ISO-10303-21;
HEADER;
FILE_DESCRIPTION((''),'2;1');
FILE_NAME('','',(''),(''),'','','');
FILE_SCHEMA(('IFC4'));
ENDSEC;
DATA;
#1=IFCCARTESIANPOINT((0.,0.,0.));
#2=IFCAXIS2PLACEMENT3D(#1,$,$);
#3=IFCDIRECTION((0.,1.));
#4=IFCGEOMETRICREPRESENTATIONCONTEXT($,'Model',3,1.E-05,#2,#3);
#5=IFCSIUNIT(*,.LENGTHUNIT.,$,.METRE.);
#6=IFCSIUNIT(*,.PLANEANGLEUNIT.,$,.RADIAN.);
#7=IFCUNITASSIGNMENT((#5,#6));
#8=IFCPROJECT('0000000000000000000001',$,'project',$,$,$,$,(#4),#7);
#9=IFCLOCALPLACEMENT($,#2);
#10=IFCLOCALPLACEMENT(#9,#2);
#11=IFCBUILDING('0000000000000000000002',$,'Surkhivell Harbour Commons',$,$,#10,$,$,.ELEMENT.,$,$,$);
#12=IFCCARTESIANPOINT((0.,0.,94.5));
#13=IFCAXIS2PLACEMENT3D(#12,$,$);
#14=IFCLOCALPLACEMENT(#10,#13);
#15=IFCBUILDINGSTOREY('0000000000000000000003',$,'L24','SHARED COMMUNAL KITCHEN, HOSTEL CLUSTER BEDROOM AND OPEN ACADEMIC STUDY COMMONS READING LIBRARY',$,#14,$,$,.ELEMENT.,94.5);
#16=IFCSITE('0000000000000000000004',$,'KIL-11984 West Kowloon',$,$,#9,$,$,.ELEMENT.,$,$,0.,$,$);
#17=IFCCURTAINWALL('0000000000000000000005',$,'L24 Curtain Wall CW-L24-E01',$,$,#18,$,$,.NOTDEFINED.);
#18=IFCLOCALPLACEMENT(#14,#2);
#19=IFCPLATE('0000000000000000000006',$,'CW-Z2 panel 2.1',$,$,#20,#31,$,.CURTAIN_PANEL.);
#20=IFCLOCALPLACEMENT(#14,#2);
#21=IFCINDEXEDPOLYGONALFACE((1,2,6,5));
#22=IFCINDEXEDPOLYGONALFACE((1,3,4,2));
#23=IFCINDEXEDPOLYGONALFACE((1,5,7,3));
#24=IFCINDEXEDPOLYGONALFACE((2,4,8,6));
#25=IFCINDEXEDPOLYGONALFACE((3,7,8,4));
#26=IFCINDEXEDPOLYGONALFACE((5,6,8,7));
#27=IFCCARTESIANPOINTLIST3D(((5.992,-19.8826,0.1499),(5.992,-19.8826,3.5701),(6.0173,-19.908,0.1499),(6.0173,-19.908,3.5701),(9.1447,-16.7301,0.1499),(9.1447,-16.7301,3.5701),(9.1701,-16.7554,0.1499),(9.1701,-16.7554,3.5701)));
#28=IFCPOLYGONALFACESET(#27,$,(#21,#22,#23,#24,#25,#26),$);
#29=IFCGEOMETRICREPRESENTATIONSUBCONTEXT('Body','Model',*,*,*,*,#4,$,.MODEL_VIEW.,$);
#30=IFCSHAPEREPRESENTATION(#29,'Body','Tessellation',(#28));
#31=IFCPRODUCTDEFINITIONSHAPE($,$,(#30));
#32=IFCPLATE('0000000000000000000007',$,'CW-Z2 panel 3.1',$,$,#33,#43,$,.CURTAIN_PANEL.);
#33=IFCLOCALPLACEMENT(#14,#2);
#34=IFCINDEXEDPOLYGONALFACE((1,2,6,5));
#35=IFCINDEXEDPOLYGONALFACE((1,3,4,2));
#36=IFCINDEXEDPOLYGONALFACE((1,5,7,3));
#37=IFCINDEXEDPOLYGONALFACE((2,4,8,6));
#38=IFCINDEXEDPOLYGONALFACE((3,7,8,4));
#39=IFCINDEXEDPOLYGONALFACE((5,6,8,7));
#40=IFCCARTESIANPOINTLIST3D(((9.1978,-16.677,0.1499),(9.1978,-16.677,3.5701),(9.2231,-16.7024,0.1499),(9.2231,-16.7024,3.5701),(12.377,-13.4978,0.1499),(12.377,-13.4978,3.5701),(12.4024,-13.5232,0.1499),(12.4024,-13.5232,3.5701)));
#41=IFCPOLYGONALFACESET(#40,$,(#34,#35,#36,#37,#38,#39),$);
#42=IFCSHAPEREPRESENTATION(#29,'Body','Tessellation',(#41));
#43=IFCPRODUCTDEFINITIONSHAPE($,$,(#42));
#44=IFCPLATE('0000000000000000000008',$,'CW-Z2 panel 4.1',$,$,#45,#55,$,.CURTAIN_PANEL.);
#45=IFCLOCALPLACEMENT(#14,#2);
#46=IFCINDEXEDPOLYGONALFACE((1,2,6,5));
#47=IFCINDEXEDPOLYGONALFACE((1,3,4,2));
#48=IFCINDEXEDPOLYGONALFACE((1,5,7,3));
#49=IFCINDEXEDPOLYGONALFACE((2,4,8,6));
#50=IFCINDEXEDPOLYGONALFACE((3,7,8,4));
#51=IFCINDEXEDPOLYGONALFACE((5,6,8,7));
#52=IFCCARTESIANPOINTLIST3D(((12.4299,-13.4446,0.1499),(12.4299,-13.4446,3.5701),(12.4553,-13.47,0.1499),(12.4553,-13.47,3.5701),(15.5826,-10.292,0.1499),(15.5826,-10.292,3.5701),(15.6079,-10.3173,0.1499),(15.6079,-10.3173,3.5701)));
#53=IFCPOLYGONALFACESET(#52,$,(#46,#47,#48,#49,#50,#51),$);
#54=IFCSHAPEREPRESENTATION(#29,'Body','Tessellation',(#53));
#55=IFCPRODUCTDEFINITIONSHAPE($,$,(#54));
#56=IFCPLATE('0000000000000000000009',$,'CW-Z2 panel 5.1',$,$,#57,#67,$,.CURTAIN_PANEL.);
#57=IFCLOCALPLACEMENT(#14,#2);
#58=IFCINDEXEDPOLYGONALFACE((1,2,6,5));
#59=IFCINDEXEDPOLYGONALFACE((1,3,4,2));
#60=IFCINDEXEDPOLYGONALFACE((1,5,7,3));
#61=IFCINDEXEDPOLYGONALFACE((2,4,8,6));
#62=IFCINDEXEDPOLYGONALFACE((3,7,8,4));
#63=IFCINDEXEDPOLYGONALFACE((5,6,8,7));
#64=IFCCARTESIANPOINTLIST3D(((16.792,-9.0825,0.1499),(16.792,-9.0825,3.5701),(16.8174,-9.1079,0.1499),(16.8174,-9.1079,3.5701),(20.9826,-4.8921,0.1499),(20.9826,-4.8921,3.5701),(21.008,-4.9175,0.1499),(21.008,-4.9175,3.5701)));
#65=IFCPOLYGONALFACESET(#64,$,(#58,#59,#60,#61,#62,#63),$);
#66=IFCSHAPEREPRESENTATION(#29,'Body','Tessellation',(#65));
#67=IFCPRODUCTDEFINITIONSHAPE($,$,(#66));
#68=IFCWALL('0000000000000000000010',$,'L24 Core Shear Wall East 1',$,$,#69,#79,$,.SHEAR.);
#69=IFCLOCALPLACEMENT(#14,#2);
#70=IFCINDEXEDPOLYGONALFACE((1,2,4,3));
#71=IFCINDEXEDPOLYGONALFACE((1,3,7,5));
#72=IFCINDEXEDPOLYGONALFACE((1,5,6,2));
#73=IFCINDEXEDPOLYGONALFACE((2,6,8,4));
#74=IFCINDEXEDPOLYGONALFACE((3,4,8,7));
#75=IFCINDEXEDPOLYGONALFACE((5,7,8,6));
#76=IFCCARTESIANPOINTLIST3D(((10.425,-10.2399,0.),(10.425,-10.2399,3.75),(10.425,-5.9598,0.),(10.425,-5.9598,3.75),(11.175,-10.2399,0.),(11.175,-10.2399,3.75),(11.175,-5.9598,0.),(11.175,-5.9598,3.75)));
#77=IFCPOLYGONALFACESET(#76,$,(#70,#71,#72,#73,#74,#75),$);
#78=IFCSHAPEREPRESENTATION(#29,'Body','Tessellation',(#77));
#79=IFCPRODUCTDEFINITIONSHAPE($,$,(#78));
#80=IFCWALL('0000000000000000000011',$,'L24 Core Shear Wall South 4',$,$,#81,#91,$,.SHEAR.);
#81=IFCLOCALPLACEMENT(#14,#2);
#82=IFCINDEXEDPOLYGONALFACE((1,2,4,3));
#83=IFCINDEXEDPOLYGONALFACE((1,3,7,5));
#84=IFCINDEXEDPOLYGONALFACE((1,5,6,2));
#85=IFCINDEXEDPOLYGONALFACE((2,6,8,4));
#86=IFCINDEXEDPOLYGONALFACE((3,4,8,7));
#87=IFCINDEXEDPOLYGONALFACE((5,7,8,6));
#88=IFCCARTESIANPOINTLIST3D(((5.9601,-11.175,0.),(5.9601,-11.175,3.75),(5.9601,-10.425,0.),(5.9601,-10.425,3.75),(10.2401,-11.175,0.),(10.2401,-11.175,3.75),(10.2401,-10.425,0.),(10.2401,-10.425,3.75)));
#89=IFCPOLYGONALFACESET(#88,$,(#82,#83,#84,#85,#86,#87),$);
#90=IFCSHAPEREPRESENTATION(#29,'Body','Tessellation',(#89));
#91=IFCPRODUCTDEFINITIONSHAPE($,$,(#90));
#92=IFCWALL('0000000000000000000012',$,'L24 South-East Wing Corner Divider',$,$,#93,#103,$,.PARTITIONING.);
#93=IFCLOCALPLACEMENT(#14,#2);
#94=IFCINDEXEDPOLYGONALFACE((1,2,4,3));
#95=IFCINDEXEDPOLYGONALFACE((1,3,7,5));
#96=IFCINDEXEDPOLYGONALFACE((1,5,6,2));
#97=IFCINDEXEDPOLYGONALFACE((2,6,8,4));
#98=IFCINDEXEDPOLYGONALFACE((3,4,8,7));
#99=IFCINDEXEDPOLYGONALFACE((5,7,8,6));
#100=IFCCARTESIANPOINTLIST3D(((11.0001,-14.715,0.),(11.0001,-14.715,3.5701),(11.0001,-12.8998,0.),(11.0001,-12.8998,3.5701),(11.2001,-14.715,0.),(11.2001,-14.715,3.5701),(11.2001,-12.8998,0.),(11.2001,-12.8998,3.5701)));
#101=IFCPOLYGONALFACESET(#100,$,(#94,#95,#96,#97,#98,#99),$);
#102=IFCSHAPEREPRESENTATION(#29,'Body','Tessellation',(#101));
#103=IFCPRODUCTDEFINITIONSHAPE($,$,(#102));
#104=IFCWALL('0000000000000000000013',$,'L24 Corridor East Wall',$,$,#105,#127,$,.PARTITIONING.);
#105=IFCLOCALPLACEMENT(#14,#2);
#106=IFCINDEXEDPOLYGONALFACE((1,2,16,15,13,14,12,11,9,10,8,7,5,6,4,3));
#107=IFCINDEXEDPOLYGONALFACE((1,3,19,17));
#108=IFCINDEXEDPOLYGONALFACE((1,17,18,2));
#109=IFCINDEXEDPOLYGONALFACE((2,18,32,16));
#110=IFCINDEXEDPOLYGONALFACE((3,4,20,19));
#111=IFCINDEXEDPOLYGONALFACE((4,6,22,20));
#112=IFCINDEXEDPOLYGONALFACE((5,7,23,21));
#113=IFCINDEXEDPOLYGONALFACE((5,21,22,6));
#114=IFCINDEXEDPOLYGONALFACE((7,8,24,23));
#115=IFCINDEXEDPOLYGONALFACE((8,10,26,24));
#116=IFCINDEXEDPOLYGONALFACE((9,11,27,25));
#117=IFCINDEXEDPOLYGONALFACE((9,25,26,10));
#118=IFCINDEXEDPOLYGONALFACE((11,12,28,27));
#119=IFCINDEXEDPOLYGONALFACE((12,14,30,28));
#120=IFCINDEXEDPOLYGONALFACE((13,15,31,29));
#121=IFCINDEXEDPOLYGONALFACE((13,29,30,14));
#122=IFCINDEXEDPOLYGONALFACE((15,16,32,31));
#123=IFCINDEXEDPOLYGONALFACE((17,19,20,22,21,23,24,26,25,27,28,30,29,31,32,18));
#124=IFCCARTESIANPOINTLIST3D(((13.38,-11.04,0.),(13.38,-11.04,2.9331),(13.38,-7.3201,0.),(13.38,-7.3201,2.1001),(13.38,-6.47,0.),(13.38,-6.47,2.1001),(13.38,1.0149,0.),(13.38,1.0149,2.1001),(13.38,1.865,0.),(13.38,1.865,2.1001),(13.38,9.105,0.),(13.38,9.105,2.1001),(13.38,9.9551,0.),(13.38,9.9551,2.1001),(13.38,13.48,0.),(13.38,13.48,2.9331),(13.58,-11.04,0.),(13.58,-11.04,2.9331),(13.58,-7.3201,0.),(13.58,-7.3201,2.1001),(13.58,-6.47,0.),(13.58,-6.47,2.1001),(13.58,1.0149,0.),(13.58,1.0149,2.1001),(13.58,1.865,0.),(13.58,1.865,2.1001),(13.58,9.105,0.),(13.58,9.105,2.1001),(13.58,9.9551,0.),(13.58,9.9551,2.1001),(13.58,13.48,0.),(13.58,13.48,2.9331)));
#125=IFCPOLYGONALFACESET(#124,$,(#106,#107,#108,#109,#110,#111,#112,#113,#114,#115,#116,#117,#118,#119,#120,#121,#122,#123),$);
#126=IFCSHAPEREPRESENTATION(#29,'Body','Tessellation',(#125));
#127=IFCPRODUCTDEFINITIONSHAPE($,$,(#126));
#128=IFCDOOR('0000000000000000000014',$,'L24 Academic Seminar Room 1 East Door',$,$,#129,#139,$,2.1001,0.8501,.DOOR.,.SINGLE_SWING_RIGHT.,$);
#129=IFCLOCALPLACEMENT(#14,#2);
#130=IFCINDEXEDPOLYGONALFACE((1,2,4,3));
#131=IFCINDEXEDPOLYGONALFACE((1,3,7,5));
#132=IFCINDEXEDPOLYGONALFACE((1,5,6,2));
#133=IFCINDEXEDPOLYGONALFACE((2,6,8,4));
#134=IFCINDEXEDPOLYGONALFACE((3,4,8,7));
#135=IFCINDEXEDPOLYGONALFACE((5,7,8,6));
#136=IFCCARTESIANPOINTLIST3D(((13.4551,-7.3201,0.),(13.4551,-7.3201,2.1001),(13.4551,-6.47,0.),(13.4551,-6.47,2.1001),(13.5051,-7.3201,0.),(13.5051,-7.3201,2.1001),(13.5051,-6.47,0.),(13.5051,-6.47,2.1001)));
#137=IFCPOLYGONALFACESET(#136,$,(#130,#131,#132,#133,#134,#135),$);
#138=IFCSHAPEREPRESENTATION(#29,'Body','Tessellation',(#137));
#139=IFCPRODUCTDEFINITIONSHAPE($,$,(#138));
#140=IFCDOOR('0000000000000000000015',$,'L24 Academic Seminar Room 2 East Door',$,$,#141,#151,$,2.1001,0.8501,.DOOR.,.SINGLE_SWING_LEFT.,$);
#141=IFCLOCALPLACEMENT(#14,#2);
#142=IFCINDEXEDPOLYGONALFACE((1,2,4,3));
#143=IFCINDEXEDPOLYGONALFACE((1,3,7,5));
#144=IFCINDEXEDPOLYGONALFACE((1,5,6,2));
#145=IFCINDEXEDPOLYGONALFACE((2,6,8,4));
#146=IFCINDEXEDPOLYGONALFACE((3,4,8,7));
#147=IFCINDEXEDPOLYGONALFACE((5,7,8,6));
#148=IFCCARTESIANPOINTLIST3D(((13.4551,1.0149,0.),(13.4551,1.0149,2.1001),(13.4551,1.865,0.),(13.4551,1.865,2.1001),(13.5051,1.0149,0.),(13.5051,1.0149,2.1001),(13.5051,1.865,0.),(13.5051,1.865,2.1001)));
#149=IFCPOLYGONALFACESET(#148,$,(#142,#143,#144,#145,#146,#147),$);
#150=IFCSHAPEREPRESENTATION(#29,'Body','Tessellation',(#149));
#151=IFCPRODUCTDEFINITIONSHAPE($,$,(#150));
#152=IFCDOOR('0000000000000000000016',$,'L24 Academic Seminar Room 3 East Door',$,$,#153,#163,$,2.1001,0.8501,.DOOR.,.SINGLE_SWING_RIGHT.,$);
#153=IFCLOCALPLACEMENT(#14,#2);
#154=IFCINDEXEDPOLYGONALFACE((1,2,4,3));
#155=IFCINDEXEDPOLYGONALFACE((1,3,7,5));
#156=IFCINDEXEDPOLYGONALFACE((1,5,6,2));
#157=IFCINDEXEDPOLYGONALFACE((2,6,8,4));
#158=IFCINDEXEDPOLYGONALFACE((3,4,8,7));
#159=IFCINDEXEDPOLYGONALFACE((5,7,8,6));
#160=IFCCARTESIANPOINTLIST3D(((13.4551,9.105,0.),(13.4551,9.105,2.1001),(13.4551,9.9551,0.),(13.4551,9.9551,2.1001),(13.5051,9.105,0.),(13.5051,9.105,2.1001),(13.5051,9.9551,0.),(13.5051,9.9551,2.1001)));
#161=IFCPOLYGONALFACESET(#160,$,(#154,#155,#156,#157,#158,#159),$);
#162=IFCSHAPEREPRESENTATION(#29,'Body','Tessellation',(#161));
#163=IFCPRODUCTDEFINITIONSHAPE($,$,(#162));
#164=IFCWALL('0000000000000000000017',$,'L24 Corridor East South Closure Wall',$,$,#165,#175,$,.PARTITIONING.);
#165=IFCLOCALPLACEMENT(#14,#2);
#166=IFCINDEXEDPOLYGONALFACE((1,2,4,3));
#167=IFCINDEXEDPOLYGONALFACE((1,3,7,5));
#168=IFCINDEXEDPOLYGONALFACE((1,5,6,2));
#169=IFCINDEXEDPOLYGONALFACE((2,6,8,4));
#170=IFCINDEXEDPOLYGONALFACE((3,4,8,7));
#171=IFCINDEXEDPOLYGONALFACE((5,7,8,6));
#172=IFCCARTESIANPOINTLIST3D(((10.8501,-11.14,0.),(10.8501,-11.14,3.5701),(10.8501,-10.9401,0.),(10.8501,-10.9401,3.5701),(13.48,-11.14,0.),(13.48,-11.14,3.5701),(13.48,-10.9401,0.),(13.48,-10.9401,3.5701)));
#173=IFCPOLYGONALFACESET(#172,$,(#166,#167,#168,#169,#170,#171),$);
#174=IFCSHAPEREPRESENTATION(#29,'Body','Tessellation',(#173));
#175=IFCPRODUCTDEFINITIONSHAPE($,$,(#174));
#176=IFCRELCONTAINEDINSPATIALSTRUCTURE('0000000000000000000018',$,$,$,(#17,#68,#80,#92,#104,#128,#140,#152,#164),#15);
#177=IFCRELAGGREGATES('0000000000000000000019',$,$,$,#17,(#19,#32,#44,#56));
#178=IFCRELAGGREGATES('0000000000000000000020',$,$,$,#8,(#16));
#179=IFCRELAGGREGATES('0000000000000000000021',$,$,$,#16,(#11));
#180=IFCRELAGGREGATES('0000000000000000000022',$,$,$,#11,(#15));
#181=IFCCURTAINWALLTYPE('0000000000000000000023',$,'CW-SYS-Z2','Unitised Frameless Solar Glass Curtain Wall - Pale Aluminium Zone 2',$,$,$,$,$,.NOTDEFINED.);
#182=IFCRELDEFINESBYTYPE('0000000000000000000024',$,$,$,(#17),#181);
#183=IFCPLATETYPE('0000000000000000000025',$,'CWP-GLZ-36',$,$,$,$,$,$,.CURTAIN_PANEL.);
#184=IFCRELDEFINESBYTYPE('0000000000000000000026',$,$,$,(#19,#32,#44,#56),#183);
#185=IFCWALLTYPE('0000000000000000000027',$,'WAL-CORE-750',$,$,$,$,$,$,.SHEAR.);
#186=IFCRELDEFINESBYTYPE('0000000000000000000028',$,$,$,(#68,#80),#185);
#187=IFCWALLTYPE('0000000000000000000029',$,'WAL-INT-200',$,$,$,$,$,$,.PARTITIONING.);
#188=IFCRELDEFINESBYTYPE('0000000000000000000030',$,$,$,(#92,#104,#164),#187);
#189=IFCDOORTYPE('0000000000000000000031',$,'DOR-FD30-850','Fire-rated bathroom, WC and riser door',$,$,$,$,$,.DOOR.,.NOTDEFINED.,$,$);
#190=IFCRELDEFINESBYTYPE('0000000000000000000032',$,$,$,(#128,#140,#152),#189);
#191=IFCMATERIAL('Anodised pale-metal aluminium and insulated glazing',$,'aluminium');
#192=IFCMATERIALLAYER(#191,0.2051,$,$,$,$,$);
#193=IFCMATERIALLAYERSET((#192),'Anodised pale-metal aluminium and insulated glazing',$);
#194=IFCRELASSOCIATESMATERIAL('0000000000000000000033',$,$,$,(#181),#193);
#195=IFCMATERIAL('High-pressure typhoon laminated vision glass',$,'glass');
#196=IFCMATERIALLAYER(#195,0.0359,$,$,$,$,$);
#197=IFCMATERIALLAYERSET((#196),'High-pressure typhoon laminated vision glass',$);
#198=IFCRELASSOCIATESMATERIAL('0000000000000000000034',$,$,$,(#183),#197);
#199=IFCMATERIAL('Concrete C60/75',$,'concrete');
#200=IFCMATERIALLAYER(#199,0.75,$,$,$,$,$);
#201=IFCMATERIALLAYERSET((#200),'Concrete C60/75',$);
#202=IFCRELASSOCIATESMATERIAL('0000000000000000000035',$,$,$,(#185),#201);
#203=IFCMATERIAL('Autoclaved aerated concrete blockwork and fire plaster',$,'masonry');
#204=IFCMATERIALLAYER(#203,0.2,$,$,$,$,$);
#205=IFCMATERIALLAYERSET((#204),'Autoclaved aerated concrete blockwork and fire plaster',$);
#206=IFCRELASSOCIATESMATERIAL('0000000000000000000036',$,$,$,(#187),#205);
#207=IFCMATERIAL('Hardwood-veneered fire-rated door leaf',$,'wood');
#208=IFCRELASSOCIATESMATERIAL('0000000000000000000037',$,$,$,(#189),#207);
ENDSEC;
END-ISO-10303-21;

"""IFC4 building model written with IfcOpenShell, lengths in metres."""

from ifc_helpers import new_model, si_unit, direction, frame, frame_2d, origin, place, context, subcontext, project, spatial, rectangle, extrude, material, layer, layer_set, type_object, element, fill, aggregate, save


model = new_model("IFC4")

# Units and contexts
model_context = context("Model", 3, precision=1e-05, world=origin(), true_north=direction((0.0, 1.0)))
body_context = subcontext(model_context, "Body", "Model", "MODEL_VIEW")
ifc_project = project(units=[si_unit("LENGTHUNIT", "METRE"), si_unit("PLANEANGLEUNIT", "RADIAN")], contexts=[model_context])

# Site, building, storey
site_placement = place(None, origin())
site = spatial("IfcSite", under=ifc_project, at=site_placement, Name="KIL-11984 West Kowloon", CompositionType="ELEMENT", RefElevation=0.0)
building_placement = place(site_placement, origin())
building = spatial("IfcBuilding", under=site, at=building_placement, Name="Surkhivell Harbour Commons", CompositionType="ELEMENT")
storey_placement = place(building_placement, frame((0.0, 0.0, 94.5)))
storey = spatial("IfcBuildingStorey", under=building, at=storey_placement, Name="L24", Description="SHARED COMMUNAL KITCHEN, HOSTEL CLUSTER BEDROOM AND OPEN ACADEMIC STUDY COMMONS READING LIBRARY", CompositionType="ELEMENT", Elevation=94.5)

# Shared definitions
ifc_material_1 = material(Name="Concrete C60/75", Category="concrete")

# Curtain wall, plates
ifc_material_2 = material(Name="Anodised pale-metal aluminium and insulated glazing", Category="aluminium")
ifc_layer_1 = layer(ifc_material_2, 0.2051)
ifc_layer_set_1 = layer_set([ifc_layer_1], Name="Anodised pale-metal aluminium and insulated glazing")
curtain_wall_type = type_object("IfcCurtainWallType", Name="CW-SYS-Z2", Description="Unitised Frameless Solar Glass Curtain Wall - Pale Aluminium Zone 2", PredefinedType="NOTDEFINED", material=ifc_layer_set_1)
curtain_wall_placement = place(storey_placement, origin())
curtain_wall = element("IfcCurtainWall", 1, at=curtain_wall_placement, inside=storey, type_object=curtain_wall_type, Name="L24 Curtain Wall CW-L24-E01", PredefinedType="NOTDEFINED")
ifc_material_3 = material(Name="High-pressure typhoon laminated vision glass", Category="glass")
ifc_layer_2 = layer(ifc_material_3, 0.0359)
ifc_layer_set_2 = layer_set([ifc_layer_2], Name="High-pressure typhoon laminated vision glass")
plate_type = type_object("IfcPlateType", Name="CWP-GLZ-36", PredefinedType="CURTAIN_PANEL", material=ifc_layer_set_2)
plate_1_placement = place(storey_placement, frame((6.0046, -19.8953, 0.1499), z_axis=(0.0, 0.0, 1.0), x_axis=(0.707134, 0.707079, 0.0)))
plate_1 = element("IfcPlate", 2, at=plate_1_placement, type_object=plate_type, Name="CW-Z2 panel 2.1", PredefinedType="CURTAIN_PANEL", context=body_context, shape_type="SweptSolid", body=[
    extrude(rectangle(XDim=4.4585, YDim=0.0359, at=frame_2d((2.2292, 0.0))), origin(), (0.0, 0.0, 1.0), 3.4202),
])
plate_2_placement = place(storey_placement, frame((9.2104, -16.6897, 0.1499), z_axis=(0.0, 0.0, 1.0), x_axis=(0.707107, 0.707107, 0.0)))
plate_2 = element("IfcPlate", 3, at=plate_2_placement, type_object=plate_type, Name="CW-Z2 panel 3.1", PredefinedType="CURTAIN_PANEL", context=body_context, shape_type="SweptSolid", body=[
    extrude(rectangle(XDim=4.4961, YDim=0.0359, at=frame_2d((2.248, 0.0))), origin(), (0.0, 0.0, 1.0), 3.4202),
])
plate_3_placement = place(storey_placement, frame((12.4426, -13.4573, 0.1499), z_axis=(0.0, 0.0, 1.0), x_axis=(0.707107, 0.707107, 0.0)))
plate_3 = element("IfcPlate", 4, at=plate_3_placement, type_object=plate_type, Name="CW-Z2 panel 4.1", PredefinedType="CURTAIN_PANEL", context=body_context, shape_type="SweptSolid", body=[
    extrude(rectangle(XDim=4.4585, YDim=0.0359, at=frame_2d((2.2292, 0.0))), origin(), (0.0, 0.0, 1.0), 3.4202),
])
plate_4_placement = place(storey_placement, frame((16.8047, -9.0952, 0.1499), z_axis=(0.0, 0.0, 1.0), x_axis=(0.707127, 0.707086, 0.0)))
plate_4 = element("IfcPlate", 5, at=plate_4_placement, type_object=plate_type, Name="CW-Z2 panel 5.1", PredefinedType="CURTAIN_PANEL", context=body_context, shape_type="SweptSolid", body=[
    extrude(rectangle(XDim=5.9263, YDim=0.0359, at=frame_2d((2.9631, 0.0))), origin(), (0.0, 0.0, 1.0), 3.4202),
])
aggregate(curtain_wall, [plate_1, plate_2, plate_3, plate_4])

# Walls
ifc_layer_3 = layer(ifc_material_1, 0.75)
ifc_layer_set_3 = layer_set([ifc_layer_3], Name="Concrete C60/75")
wall_type_1 = type_object("IfcWallType", Name="WAL-CORE-750", PredefinedType="SHEAR", material=ifc_layer_set_3)
for number, where, z_axis, x_axis, name in (
    (6, (10.8, -10.24, 0.0), (0.0, 0.0, 1.0), (0.0, 1.0, 0.0), "L24 Core Shear Wall East 1"),
    (7, (5.96, -10.8, 0.0), (0.0, 0.0, 1.0), (1.0, 0.0, 0.0), "L24 Core Shear Wall South 4"),
):
    element("IfcWall", number, at=place(storey_placement, frame(where, z_axis=z_axis, x_axis=x_axis)), inside=storey, type_object=wall_type_1, Name=name, PredefinedType="SHEAR", context=body_context, shape_type="SweptSolid", body=[
        extrude(rectangle(XDim=4.28, YDim=0.75, at=frame_2d((2.1401, 0.0))), origin(), (0.0, 0.0, 1.0), 3.75),
    ])
ifc_material_4 = material(Name="Autoclaved aerated concrete blockwork and fire plaster", Category="masonry")
ifc_layer_4 = layer(ifc_material_4, 0.2)
ifc_layer_set_4 = layer_set([ifc_layer_4], Name="Autoclaved aerated concrete blockwork and fire plaster")
wall_type_2 = type_object("IfcWallType", Name="WAL-INT-200", PredefinedType="PARTITIONING", material=ifc_layer_set_4)
wall_1_placement = place(storey_placement, frame((11.1001, -14.7151, 0.0), z_axis=(0.0, 0.0, 1.0), x_axis=(0.0, 1.0, 0.0)))
element("IfcWall", 8, at=wall_1_placement, inside=storey, type_object=wall_type_2, Name="L24 South-East Wing Corner Divider", PredefinedType="PARTITIONING", context=body_context, shape_type="SweptSolid", body=[
    extrude(rectangle(XDim=1.8152, YDim=0.2, at=frame_2d((0.9077, 0.0))), origin(), (0.0, 0.0, 1.0), 3.5701),
])

# Wall, openings, doors
wall_2_placement = place(storey_placement, frame((13.48, -11.04, 0.0), z_axis=(0.0, 0.0, 1.0), x_axis=(0.0, 1.0, 0.0)))
wall_2 = element("IfcWall", 9, at=wall_2_placement, inside=storey, type_object=wall_type_2, Name="L24 Corridor East Wall", PredefinedType="PARTITIONING", context=body_context, shape_type="SweptSolid", body=[
    extrude(rectangle(XDim=24.52, YDim=0.2, at=frame_2d((12.26, 0.0))), origin(), (0.0, 0.0, 1.0), 2.9331),
])
opening_1_placement = place(wall_2_placement, frame((3.72, 0.0, 0.0)))
opening_1 = element("IfcOpeningElement", 10, at=opening_1_placement, cuts=wall_2, PredefinedType="OPENING", context=body_context, shape_type="SweptSolid", body=[
    extrude(rectangle(XDim=0.8501, YDim=2.1001, at=frame_2d((0.425, 1.05))), frame((0.0, 0.1099, 0.0), z_axis=(0.0, -1.0, 0.0), x_axis=(1.0, 0.0, 0.0)), (0.0, 0.0, 1.0), 0.22),
])
opening_2_placement = place(wall_2_placement, frame((12.0549, 0.0, 0.0)))
opening_2 = element("IfcOpeningElement", 11, at=opening_2_placement, cuts=wall_2, PredefinedType="OPENING", context=body_context, shape_type="SweptSolid", body=[
    extrude(rectangle(XDim=0.8501, YDim=2.1001, at=frame_2d((0.425, 1.05))), frame((0.0, 0.1099, 0.0), z_axis=(0.0, -1.0, 0.0), x_axis=(1.0, 0.0, 0.0)), (0.0, 0.0, 1.0), 0.22),
])
opening_3_placement = place(wall_2_placement, frame((20.145, 0.0, 0.0)))
opening_3 = element("IfcOpeningElement", 12, at=opening_3_placement, cuts=wall_2, PredefinedType="OPENING", context=body_context, shape_type="SweptSolid", body=[
    extrude(rectangle(XDim=0.8501, YDim=2.1001, at=frame_2d((0.425, 1.05))), frame((0.0, 0.1099, 0.0), z_axis=(0.0, -1.0, 0.0), x_axis=(1.0, 0.0, 0.0)), (0.0, 0.0, 1.0), 0.22),
])
ifc_material_5 = material(Name="Hardwood-veneered fire-rated door leaf", Category="wood")
door_type = type_object("IfcDoorType", Name="DOR-FD30-850", Description="Fire-rated bathroom, WC and riser door", OperationType="NOTDEFINED", PredefinedType="DOOR", material=ifc_material_5)
door_1_placement = place(opening_1_placement, origin())
door_1 = element("IfcDoor", 13, at=door_1_placement, inside=storey, type_object=door_type, Name="L24 Academic Seminar Room 1 East Door", OperationType="SINGLE_SWING_RIGHT", OverallHeight=2.1001, OverallWidth=0.8501, PredefinedType="DOOR", context=body_context, shape_type="SweptSolid", body=[
    extrude(rectangle(XDim=0.8501, YDim=2.1001, at=frame_2d((0.425, 1.05))), frame((0.0, 0.0249, 0.0), z_axis=(0.0, -1.0, 0.0), x_axis=(1.0, 0.0, 0.0)), (0.0, 0.0, 1.0), 0.05),
])
fill(opening_1, door_1)
door_2_placement = place(opening_2_placement, origin())
door_2 = element("IfcDoor", 14, at=door_2_placement, inside=storey, type_object=door_type, Name="L24 Academic Seminar Room 2 East Door", OperationType="SINGLE_SWING_LEFT", OverallHeight=2.1001, OverallWidth=0.8501, PredefinedType="DOOR", context=body_context, shape_type="SweptSolid", body=[
    extrude(rectangle(XDim=0.8501, YDim=2.1001, at=frame_2d((0.425, 1.05))), frame((0.0, 0.0249, 0.0), z_axis=(0.0, -1.0, 0.0), x_axis=(1.0, 0.0, 0.0)), (0.0, 0.0, 1.0), 0.05),
])
fill(opening_2, door_2)
door_3_placement = place(opening_3_placement, origin())
door_3 = element("IfcDoor", 15, at=door_3_placement, inside=storey, type_object=door_type, Name="L24 Academic Seminar Room 3 East Door", OperationType="SINGLE_SWING_RIGHT", OverallHeight=2.1001, OverallWidth=0.8501, PredefinedType="DOOR", context=body_context, shape_type="SweptSolid", body=[
    extrude(rectangle(XDim=0.8501, YDim=2.1001, at=frame_2d((0.425, 1.05))), frame((0.0, 0.0249, 0.0), z_axis=(0.0, -1.0, 0.0), x_axis=(1.0, 0.0, 0.0)), (0.0, 0.0, 1.0), 0.05),
])
fill(opening_3, door_3)

# Wall
wall_3_placement = place(storey_placement, frame((10.8501, -11.04, 0.0), z_axis=(0.0, 0.0, 1.0), x_axis=(1.0, 0.0, 0.0)))
element("IfcWall", 16, at=wall_3_placement, inside=storey, type_object=wall_type_2, Name="L24 Corridor East South Closure Wall", PredefinedType="PARTITIONING", context=body_context, shape_type="SweptSolid", body=[
    extrude(rectangle(XDim=2.6299, YDim=0.2, at=frame_2d((1.3149, 0.0))), origin(), (0.0, 0.0, 1.0), 3.5701),
])

save(model, "model.ifc")
